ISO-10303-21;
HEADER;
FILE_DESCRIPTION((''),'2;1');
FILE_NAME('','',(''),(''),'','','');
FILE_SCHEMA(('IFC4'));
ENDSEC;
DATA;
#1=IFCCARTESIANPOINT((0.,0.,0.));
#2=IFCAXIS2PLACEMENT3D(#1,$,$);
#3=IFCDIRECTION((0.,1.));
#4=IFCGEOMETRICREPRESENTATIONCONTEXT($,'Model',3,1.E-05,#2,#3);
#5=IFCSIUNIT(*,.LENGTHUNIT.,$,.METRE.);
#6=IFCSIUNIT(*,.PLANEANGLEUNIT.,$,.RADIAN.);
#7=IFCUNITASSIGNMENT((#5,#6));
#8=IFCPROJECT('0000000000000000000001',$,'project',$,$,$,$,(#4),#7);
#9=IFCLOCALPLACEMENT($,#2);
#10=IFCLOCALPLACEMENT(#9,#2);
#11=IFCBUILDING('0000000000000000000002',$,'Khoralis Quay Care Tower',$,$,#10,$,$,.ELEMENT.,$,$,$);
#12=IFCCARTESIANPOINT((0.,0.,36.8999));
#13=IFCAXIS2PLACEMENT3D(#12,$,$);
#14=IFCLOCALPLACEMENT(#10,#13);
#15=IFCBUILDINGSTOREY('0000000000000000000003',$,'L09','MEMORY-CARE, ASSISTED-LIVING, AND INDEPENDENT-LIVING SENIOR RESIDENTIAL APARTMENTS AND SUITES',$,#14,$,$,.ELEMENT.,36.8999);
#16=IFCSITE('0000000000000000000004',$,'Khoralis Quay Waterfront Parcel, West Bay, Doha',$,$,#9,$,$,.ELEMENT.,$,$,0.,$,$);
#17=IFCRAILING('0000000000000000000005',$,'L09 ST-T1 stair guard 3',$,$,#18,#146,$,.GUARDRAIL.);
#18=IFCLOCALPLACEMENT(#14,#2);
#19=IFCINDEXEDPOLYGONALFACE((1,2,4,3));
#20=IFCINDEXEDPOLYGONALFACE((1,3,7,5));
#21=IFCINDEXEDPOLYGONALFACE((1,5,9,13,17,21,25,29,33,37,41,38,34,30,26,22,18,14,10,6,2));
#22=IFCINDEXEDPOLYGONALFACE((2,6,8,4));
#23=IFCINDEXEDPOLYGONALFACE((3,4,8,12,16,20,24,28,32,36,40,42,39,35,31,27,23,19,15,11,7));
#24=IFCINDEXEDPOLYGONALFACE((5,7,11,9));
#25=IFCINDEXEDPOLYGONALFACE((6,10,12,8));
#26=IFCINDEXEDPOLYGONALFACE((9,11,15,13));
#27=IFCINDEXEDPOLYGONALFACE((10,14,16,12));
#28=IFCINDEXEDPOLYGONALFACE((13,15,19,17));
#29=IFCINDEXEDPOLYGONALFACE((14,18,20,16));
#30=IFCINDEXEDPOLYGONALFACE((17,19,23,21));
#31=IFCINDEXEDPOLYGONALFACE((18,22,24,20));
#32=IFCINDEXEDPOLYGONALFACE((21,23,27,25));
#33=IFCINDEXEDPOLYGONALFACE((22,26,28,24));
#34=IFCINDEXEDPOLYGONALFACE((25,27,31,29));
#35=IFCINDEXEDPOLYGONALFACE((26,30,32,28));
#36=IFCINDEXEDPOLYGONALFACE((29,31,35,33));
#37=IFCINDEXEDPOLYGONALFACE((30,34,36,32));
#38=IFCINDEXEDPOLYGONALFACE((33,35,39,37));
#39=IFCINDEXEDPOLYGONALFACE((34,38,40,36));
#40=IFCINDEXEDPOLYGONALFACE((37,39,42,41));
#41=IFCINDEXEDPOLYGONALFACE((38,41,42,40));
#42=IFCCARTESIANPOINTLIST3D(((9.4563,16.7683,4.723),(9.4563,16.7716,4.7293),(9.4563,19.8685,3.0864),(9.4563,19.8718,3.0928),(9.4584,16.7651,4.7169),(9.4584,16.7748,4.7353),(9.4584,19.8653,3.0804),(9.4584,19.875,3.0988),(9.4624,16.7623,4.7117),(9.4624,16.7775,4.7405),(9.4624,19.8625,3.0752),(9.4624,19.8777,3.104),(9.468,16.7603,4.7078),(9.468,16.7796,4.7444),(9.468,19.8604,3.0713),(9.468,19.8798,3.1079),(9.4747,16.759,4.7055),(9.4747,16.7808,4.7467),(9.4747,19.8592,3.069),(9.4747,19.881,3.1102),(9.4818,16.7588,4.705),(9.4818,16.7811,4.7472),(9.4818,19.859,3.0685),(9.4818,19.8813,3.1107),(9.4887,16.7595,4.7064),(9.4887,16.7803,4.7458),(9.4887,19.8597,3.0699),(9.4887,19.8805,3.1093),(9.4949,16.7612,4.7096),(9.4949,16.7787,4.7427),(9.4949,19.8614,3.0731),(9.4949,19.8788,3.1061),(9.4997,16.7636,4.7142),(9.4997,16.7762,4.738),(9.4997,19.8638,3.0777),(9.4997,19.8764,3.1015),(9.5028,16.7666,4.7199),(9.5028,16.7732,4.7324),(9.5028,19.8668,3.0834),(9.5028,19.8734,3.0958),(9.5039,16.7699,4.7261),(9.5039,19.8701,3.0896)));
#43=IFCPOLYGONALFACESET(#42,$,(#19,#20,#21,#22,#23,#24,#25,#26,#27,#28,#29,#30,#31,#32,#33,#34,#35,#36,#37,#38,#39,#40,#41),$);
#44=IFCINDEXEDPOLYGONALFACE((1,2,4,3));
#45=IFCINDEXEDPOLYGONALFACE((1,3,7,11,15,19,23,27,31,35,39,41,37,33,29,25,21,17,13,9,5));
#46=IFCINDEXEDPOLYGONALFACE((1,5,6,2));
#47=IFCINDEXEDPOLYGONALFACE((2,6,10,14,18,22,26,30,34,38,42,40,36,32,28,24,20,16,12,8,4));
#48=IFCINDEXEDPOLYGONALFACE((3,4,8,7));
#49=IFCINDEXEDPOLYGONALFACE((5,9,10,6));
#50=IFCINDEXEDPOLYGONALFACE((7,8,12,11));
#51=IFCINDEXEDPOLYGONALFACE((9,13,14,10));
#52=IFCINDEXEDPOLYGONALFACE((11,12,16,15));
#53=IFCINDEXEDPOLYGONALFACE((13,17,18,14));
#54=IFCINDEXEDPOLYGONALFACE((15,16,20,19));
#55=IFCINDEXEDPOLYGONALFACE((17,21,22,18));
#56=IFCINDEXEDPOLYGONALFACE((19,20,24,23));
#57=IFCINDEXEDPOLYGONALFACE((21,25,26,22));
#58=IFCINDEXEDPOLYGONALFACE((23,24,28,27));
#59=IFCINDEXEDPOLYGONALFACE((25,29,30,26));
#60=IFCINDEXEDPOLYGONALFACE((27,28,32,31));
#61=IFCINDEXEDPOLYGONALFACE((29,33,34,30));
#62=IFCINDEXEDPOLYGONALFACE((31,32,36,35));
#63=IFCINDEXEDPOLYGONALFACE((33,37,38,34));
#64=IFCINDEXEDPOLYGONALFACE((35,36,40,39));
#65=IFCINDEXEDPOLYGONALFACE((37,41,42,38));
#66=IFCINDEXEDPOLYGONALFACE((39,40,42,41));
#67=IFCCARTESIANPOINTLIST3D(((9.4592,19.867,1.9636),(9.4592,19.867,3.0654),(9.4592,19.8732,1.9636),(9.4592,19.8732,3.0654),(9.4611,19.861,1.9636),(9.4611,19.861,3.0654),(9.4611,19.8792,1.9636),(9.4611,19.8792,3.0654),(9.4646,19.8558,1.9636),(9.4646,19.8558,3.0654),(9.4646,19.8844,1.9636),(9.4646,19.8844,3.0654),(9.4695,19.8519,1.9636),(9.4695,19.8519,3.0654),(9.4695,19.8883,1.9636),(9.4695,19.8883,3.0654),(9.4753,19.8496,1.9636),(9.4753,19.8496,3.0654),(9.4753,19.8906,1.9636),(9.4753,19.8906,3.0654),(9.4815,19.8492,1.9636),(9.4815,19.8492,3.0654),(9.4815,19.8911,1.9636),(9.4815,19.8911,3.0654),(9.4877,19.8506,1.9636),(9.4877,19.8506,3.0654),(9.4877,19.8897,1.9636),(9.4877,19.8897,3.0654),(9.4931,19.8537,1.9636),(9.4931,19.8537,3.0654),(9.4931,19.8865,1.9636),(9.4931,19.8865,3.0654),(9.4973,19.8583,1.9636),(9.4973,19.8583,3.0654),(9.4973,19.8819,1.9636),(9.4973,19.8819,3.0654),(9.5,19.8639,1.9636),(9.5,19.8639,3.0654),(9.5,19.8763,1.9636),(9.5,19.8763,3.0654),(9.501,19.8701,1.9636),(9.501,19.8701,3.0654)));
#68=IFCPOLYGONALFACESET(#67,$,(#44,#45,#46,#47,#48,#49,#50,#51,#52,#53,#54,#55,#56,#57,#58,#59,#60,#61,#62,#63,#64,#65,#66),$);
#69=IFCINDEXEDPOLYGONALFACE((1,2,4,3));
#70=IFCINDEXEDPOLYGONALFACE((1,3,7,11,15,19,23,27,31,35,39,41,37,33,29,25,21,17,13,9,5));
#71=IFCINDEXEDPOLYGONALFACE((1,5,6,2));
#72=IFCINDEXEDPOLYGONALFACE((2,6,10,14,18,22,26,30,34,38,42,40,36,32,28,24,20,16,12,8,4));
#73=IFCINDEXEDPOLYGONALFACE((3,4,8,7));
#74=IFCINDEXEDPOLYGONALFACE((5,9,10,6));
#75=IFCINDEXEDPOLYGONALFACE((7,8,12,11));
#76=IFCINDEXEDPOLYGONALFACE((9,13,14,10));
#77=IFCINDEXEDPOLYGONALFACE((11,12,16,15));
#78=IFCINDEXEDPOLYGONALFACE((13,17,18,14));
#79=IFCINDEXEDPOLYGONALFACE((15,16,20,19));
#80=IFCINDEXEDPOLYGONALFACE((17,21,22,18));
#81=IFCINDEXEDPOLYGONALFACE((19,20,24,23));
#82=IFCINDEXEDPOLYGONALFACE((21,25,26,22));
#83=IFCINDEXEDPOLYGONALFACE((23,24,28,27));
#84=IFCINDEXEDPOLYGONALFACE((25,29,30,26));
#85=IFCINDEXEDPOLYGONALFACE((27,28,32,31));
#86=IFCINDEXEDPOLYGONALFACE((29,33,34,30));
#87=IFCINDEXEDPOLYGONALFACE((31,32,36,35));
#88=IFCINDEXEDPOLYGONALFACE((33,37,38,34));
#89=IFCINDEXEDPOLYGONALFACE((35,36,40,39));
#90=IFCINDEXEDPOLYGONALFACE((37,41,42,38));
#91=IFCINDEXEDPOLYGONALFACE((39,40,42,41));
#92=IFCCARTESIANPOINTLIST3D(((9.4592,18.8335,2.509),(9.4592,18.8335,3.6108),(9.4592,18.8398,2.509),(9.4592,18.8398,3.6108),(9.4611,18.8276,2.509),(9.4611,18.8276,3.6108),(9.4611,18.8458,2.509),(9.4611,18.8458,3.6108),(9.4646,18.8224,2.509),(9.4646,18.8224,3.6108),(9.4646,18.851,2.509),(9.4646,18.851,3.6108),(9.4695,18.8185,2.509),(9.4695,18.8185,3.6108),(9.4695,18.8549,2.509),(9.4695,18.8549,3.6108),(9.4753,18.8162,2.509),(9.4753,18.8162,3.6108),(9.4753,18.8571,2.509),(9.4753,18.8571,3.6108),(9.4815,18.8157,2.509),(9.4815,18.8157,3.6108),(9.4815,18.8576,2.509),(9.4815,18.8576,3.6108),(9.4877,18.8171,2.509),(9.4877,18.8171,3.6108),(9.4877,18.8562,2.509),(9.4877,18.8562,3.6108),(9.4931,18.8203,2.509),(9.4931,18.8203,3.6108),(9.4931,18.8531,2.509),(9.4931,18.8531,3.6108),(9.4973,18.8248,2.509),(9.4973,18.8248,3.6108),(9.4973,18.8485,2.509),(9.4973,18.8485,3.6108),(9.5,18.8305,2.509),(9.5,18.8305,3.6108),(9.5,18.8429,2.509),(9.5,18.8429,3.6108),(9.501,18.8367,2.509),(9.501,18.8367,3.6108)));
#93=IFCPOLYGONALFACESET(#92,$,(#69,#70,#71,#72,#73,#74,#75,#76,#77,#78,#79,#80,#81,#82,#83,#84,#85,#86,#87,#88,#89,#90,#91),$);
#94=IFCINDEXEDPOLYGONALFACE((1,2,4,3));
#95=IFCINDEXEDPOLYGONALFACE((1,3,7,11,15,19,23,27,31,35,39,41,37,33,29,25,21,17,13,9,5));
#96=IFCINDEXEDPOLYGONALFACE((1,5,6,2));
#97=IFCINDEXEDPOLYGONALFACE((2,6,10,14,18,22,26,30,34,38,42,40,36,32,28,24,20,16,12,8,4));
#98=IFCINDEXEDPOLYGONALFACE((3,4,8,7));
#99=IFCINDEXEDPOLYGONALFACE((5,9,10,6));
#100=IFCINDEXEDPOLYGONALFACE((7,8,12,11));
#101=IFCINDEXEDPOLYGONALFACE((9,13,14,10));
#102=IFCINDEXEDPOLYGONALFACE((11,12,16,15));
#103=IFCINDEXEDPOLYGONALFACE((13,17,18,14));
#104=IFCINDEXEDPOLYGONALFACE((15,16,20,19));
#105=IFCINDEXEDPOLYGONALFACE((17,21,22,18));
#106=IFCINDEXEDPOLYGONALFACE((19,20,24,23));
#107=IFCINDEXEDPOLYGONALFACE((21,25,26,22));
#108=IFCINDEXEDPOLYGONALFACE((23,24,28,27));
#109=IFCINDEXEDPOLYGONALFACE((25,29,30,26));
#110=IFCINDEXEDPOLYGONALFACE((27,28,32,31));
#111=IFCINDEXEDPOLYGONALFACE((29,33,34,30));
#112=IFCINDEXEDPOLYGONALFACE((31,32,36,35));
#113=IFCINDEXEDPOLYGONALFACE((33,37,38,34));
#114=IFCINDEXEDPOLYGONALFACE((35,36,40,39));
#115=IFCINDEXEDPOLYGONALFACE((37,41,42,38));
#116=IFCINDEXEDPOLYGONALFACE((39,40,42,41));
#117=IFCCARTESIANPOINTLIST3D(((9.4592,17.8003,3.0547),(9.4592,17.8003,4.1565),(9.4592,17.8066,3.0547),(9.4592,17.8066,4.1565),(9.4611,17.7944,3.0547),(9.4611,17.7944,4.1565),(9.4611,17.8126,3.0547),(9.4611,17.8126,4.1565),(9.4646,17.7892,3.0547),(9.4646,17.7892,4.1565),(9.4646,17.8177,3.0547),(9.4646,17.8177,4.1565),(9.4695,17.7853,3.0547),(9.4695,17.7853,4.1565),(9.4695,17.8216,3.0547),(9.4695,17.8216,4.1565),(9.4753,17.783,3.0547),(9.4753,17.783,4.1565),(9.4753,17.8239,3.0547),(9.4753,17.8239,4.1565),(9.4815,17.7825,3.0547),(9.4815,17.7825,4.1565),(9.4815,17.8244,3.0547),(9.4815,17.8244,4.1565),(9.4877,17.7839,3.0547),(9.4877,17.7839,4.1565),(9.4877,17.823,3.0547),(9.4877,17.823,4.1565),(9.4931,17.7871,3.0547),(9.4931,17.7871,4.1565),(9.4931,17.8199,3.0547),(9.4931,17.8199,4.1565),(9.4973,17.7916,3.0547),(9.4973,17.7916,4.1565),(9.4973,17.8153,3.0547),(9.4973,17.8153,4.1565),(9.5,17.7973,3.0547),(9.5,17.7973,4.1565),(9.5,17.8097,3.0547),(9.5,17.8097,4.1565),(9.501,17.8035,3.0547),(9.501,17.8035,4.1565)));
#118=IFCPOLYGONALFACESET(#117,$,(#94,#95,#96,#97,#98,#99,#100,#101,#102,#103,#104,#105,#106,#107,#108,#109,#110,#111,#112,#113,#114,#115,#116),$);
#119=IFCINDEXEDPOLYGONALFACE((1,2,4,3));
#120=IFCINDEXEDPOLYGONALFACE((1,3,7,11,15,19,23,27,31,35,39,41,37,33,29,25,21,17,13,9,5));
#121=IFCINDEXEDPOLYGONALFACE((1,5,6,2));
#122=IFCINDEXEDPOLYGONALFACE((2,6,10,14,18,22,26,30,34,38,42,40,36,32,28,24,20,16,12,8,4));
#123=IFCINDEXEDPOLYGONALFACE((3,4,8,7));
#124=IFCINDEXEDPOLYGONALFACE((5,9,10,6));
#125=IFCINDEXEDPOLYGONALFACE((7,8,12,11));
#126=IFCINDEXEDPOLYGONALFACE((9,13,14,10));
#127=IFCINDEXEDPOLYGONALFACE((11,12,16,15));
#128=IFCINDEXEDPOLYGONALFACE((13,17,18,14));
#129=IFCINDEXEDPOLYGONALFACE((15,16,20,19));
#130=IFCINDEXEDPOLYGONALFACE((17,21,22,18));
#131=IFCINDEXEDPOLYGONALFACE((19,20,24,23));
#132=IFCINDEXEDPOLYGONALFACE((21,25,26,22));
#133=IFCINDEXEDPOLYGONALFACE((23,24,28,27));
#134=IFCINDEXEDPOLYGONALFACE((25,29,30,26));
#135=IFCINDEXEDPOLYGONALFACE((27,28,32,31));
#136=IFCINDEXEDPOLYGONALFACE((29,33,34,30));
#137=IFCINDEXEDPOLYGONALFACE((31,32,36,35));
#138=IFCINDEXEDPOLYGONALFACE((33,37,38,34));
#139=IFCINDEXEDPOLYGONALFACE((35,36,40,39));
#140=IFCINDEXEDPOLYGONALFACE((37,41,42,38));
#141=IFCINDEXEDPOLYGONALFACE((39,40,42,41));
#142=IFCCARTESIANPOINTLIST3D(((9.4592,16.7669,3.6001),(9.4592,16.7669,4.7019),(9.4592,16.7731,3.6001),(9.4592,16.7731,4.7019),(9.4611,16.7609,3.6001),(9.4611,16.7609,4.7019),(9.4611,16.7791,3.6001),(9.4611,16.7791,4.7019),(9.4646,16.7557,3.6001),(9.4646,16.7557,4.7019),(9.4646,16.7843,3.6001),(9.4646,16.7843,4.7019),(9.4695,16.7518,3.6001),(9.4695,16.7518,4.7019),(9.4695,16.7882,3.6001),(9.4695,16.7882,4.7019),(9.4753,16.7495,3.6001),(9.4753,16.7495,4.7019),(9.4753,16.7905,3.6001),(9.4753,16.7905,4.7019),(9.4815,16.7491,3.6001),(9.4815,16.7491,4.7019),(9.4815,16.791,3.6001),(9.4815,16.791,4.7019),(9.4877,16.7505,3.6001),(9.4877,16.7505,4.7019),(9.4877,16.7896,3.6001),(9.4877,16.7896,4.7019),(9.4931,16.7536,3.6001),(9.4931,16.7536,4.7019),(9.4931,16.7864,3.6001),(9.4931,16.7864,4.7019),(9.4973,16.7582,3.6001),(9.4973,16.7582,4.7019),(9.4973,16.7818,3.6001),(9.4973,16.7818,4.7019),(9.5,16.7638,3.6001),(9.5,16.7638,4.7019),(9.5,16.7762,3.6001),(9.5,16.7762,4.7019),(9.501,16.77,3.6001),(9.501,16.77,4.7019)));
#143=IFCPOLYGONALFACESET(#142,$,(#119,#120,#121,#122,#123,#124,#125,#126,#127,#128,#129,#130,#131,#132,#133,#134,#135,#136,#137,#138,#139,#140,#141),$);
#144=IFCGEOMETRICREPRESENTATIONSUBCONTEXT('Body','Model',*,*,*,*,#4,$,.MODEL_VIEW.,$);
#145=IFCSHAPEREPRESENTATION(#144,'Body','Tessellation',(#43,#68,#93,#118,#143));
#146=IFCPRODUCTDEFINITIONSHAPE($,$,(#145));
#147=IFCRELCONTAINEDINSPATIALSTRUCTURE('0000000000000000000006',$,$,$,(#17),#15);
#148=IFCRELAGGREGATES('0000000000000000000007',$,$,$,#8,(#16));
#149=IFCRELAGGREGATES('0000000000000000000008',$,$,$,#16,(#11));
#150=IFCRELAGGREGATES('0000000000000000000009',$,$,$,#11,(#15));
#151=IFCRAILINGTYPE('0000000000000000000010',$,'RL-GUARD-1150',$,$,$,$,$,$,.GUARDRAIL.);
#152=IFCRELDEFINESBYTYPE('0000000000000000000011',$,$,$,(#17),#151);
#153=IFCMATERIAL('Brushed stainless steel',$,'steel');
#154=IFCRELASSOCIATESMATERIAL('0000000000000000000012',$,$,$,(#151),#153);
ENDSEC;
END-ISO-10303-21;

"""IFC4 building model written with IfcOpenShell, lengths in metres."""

from ifc_helpers import new_model, si_unit, direction, frame, origin, origin_2d, place, context, subcontext, project, spatial, circle, extrude, material, type_object, element, save


model = new_model("IFC4")

# Units and contexts
model_context = context("Model", 3, precision=1e-05, world=origin(), true_north=direction((0.0, 1.0)))
body_context = subcontext(model_context, "Body", "Model", "MODEL_VIEW")
ifc_project = project(units=[si_unit("LENGTHUNIT", "METRE"), si_unit("PLANEANGLEUNIT", "RADIAN")], contexts=[model_context])

# Site, building, storey
site_placement = place(None, origin())
site = spatial("IfcSite", under=ifc_project, at=site_placement, Name="Khoralis Quay Waterfront Parcel, West Bay, Doha", CompositionType="ELEMENT", RefElevation=0.0)
building_placement = place(site_placement, origin())
building = spatial("IfcBuilding", under=site, at=building_placement, Name="Khoralis Quay Care Tower", CompositionType="ELEMENT")
storey_placement = place(building_placement, frame((0.0, 0.0, 36.8999)))
storey = spatial("IfcBuildingStorey", under=building, at=storey_placement, Name="L09", Description="MEMORY-CARE, ASSISTED-LIVING, AND INDEPENDENT-LIVING SENIOR RESIDENTIAL APARTMENTS AND SUITES", CompositionType="ELEMENT", Elevation=36.8999)

# Shared definitions
ifc_material_1 = material(Name="Brushed stainless steel", Category="steel")

# Railing
railing_type_1 = type_object("IfcRailingType", Name="RL-GUARD-1150", PredefinedType="GUARDRAIL", material=ifc_material_1)
railing_1_placement = place(storey_placement, frame((9.48, 19.8701, 1.9636)))
element("IfcRailing", 1, at=railing_1_placement, inside=storey, type_object=railing_type_1, Name="L09 ST-T1 stair guard 3", PredefinedType="GUARDRAIL", context=body_context, shape_type="SweptSolid", body=[
    extrude(circle(Radius=0.0239, at=origin_2d()), frame((0.0, 0.0, 1.126), z_axis=(0.0, -0.884348, 0.466828), x_axis=(1.0, 0.0, 0.0)), (0.0, 0.0, 1.0), 3.5056),
    extrude(circle(Radius=0.021, at=origin_2d()), origin(), (0.0, 0.0, 1.0), 1.1018),
    extrude(circle(Radius=0.021, at=origin_2d()), frame((0.0, -1.0334, 0.5454)), (0.0, 0.0, 1.0), 1.1018),
    extrude(circle(Radius=0.021, at=origin_2d()), frame((0.0, -2.0667, 1.0911)), (0.0, 0.0, 1.0), 1.1018),
    extrude(circle(Radius=0.021, at=origin_2d()), frame((0.0, -3.1001, 1.6365)), (0.0, 0.0, 1.0), 1.1018),
])

save(model, "model.ifc")
